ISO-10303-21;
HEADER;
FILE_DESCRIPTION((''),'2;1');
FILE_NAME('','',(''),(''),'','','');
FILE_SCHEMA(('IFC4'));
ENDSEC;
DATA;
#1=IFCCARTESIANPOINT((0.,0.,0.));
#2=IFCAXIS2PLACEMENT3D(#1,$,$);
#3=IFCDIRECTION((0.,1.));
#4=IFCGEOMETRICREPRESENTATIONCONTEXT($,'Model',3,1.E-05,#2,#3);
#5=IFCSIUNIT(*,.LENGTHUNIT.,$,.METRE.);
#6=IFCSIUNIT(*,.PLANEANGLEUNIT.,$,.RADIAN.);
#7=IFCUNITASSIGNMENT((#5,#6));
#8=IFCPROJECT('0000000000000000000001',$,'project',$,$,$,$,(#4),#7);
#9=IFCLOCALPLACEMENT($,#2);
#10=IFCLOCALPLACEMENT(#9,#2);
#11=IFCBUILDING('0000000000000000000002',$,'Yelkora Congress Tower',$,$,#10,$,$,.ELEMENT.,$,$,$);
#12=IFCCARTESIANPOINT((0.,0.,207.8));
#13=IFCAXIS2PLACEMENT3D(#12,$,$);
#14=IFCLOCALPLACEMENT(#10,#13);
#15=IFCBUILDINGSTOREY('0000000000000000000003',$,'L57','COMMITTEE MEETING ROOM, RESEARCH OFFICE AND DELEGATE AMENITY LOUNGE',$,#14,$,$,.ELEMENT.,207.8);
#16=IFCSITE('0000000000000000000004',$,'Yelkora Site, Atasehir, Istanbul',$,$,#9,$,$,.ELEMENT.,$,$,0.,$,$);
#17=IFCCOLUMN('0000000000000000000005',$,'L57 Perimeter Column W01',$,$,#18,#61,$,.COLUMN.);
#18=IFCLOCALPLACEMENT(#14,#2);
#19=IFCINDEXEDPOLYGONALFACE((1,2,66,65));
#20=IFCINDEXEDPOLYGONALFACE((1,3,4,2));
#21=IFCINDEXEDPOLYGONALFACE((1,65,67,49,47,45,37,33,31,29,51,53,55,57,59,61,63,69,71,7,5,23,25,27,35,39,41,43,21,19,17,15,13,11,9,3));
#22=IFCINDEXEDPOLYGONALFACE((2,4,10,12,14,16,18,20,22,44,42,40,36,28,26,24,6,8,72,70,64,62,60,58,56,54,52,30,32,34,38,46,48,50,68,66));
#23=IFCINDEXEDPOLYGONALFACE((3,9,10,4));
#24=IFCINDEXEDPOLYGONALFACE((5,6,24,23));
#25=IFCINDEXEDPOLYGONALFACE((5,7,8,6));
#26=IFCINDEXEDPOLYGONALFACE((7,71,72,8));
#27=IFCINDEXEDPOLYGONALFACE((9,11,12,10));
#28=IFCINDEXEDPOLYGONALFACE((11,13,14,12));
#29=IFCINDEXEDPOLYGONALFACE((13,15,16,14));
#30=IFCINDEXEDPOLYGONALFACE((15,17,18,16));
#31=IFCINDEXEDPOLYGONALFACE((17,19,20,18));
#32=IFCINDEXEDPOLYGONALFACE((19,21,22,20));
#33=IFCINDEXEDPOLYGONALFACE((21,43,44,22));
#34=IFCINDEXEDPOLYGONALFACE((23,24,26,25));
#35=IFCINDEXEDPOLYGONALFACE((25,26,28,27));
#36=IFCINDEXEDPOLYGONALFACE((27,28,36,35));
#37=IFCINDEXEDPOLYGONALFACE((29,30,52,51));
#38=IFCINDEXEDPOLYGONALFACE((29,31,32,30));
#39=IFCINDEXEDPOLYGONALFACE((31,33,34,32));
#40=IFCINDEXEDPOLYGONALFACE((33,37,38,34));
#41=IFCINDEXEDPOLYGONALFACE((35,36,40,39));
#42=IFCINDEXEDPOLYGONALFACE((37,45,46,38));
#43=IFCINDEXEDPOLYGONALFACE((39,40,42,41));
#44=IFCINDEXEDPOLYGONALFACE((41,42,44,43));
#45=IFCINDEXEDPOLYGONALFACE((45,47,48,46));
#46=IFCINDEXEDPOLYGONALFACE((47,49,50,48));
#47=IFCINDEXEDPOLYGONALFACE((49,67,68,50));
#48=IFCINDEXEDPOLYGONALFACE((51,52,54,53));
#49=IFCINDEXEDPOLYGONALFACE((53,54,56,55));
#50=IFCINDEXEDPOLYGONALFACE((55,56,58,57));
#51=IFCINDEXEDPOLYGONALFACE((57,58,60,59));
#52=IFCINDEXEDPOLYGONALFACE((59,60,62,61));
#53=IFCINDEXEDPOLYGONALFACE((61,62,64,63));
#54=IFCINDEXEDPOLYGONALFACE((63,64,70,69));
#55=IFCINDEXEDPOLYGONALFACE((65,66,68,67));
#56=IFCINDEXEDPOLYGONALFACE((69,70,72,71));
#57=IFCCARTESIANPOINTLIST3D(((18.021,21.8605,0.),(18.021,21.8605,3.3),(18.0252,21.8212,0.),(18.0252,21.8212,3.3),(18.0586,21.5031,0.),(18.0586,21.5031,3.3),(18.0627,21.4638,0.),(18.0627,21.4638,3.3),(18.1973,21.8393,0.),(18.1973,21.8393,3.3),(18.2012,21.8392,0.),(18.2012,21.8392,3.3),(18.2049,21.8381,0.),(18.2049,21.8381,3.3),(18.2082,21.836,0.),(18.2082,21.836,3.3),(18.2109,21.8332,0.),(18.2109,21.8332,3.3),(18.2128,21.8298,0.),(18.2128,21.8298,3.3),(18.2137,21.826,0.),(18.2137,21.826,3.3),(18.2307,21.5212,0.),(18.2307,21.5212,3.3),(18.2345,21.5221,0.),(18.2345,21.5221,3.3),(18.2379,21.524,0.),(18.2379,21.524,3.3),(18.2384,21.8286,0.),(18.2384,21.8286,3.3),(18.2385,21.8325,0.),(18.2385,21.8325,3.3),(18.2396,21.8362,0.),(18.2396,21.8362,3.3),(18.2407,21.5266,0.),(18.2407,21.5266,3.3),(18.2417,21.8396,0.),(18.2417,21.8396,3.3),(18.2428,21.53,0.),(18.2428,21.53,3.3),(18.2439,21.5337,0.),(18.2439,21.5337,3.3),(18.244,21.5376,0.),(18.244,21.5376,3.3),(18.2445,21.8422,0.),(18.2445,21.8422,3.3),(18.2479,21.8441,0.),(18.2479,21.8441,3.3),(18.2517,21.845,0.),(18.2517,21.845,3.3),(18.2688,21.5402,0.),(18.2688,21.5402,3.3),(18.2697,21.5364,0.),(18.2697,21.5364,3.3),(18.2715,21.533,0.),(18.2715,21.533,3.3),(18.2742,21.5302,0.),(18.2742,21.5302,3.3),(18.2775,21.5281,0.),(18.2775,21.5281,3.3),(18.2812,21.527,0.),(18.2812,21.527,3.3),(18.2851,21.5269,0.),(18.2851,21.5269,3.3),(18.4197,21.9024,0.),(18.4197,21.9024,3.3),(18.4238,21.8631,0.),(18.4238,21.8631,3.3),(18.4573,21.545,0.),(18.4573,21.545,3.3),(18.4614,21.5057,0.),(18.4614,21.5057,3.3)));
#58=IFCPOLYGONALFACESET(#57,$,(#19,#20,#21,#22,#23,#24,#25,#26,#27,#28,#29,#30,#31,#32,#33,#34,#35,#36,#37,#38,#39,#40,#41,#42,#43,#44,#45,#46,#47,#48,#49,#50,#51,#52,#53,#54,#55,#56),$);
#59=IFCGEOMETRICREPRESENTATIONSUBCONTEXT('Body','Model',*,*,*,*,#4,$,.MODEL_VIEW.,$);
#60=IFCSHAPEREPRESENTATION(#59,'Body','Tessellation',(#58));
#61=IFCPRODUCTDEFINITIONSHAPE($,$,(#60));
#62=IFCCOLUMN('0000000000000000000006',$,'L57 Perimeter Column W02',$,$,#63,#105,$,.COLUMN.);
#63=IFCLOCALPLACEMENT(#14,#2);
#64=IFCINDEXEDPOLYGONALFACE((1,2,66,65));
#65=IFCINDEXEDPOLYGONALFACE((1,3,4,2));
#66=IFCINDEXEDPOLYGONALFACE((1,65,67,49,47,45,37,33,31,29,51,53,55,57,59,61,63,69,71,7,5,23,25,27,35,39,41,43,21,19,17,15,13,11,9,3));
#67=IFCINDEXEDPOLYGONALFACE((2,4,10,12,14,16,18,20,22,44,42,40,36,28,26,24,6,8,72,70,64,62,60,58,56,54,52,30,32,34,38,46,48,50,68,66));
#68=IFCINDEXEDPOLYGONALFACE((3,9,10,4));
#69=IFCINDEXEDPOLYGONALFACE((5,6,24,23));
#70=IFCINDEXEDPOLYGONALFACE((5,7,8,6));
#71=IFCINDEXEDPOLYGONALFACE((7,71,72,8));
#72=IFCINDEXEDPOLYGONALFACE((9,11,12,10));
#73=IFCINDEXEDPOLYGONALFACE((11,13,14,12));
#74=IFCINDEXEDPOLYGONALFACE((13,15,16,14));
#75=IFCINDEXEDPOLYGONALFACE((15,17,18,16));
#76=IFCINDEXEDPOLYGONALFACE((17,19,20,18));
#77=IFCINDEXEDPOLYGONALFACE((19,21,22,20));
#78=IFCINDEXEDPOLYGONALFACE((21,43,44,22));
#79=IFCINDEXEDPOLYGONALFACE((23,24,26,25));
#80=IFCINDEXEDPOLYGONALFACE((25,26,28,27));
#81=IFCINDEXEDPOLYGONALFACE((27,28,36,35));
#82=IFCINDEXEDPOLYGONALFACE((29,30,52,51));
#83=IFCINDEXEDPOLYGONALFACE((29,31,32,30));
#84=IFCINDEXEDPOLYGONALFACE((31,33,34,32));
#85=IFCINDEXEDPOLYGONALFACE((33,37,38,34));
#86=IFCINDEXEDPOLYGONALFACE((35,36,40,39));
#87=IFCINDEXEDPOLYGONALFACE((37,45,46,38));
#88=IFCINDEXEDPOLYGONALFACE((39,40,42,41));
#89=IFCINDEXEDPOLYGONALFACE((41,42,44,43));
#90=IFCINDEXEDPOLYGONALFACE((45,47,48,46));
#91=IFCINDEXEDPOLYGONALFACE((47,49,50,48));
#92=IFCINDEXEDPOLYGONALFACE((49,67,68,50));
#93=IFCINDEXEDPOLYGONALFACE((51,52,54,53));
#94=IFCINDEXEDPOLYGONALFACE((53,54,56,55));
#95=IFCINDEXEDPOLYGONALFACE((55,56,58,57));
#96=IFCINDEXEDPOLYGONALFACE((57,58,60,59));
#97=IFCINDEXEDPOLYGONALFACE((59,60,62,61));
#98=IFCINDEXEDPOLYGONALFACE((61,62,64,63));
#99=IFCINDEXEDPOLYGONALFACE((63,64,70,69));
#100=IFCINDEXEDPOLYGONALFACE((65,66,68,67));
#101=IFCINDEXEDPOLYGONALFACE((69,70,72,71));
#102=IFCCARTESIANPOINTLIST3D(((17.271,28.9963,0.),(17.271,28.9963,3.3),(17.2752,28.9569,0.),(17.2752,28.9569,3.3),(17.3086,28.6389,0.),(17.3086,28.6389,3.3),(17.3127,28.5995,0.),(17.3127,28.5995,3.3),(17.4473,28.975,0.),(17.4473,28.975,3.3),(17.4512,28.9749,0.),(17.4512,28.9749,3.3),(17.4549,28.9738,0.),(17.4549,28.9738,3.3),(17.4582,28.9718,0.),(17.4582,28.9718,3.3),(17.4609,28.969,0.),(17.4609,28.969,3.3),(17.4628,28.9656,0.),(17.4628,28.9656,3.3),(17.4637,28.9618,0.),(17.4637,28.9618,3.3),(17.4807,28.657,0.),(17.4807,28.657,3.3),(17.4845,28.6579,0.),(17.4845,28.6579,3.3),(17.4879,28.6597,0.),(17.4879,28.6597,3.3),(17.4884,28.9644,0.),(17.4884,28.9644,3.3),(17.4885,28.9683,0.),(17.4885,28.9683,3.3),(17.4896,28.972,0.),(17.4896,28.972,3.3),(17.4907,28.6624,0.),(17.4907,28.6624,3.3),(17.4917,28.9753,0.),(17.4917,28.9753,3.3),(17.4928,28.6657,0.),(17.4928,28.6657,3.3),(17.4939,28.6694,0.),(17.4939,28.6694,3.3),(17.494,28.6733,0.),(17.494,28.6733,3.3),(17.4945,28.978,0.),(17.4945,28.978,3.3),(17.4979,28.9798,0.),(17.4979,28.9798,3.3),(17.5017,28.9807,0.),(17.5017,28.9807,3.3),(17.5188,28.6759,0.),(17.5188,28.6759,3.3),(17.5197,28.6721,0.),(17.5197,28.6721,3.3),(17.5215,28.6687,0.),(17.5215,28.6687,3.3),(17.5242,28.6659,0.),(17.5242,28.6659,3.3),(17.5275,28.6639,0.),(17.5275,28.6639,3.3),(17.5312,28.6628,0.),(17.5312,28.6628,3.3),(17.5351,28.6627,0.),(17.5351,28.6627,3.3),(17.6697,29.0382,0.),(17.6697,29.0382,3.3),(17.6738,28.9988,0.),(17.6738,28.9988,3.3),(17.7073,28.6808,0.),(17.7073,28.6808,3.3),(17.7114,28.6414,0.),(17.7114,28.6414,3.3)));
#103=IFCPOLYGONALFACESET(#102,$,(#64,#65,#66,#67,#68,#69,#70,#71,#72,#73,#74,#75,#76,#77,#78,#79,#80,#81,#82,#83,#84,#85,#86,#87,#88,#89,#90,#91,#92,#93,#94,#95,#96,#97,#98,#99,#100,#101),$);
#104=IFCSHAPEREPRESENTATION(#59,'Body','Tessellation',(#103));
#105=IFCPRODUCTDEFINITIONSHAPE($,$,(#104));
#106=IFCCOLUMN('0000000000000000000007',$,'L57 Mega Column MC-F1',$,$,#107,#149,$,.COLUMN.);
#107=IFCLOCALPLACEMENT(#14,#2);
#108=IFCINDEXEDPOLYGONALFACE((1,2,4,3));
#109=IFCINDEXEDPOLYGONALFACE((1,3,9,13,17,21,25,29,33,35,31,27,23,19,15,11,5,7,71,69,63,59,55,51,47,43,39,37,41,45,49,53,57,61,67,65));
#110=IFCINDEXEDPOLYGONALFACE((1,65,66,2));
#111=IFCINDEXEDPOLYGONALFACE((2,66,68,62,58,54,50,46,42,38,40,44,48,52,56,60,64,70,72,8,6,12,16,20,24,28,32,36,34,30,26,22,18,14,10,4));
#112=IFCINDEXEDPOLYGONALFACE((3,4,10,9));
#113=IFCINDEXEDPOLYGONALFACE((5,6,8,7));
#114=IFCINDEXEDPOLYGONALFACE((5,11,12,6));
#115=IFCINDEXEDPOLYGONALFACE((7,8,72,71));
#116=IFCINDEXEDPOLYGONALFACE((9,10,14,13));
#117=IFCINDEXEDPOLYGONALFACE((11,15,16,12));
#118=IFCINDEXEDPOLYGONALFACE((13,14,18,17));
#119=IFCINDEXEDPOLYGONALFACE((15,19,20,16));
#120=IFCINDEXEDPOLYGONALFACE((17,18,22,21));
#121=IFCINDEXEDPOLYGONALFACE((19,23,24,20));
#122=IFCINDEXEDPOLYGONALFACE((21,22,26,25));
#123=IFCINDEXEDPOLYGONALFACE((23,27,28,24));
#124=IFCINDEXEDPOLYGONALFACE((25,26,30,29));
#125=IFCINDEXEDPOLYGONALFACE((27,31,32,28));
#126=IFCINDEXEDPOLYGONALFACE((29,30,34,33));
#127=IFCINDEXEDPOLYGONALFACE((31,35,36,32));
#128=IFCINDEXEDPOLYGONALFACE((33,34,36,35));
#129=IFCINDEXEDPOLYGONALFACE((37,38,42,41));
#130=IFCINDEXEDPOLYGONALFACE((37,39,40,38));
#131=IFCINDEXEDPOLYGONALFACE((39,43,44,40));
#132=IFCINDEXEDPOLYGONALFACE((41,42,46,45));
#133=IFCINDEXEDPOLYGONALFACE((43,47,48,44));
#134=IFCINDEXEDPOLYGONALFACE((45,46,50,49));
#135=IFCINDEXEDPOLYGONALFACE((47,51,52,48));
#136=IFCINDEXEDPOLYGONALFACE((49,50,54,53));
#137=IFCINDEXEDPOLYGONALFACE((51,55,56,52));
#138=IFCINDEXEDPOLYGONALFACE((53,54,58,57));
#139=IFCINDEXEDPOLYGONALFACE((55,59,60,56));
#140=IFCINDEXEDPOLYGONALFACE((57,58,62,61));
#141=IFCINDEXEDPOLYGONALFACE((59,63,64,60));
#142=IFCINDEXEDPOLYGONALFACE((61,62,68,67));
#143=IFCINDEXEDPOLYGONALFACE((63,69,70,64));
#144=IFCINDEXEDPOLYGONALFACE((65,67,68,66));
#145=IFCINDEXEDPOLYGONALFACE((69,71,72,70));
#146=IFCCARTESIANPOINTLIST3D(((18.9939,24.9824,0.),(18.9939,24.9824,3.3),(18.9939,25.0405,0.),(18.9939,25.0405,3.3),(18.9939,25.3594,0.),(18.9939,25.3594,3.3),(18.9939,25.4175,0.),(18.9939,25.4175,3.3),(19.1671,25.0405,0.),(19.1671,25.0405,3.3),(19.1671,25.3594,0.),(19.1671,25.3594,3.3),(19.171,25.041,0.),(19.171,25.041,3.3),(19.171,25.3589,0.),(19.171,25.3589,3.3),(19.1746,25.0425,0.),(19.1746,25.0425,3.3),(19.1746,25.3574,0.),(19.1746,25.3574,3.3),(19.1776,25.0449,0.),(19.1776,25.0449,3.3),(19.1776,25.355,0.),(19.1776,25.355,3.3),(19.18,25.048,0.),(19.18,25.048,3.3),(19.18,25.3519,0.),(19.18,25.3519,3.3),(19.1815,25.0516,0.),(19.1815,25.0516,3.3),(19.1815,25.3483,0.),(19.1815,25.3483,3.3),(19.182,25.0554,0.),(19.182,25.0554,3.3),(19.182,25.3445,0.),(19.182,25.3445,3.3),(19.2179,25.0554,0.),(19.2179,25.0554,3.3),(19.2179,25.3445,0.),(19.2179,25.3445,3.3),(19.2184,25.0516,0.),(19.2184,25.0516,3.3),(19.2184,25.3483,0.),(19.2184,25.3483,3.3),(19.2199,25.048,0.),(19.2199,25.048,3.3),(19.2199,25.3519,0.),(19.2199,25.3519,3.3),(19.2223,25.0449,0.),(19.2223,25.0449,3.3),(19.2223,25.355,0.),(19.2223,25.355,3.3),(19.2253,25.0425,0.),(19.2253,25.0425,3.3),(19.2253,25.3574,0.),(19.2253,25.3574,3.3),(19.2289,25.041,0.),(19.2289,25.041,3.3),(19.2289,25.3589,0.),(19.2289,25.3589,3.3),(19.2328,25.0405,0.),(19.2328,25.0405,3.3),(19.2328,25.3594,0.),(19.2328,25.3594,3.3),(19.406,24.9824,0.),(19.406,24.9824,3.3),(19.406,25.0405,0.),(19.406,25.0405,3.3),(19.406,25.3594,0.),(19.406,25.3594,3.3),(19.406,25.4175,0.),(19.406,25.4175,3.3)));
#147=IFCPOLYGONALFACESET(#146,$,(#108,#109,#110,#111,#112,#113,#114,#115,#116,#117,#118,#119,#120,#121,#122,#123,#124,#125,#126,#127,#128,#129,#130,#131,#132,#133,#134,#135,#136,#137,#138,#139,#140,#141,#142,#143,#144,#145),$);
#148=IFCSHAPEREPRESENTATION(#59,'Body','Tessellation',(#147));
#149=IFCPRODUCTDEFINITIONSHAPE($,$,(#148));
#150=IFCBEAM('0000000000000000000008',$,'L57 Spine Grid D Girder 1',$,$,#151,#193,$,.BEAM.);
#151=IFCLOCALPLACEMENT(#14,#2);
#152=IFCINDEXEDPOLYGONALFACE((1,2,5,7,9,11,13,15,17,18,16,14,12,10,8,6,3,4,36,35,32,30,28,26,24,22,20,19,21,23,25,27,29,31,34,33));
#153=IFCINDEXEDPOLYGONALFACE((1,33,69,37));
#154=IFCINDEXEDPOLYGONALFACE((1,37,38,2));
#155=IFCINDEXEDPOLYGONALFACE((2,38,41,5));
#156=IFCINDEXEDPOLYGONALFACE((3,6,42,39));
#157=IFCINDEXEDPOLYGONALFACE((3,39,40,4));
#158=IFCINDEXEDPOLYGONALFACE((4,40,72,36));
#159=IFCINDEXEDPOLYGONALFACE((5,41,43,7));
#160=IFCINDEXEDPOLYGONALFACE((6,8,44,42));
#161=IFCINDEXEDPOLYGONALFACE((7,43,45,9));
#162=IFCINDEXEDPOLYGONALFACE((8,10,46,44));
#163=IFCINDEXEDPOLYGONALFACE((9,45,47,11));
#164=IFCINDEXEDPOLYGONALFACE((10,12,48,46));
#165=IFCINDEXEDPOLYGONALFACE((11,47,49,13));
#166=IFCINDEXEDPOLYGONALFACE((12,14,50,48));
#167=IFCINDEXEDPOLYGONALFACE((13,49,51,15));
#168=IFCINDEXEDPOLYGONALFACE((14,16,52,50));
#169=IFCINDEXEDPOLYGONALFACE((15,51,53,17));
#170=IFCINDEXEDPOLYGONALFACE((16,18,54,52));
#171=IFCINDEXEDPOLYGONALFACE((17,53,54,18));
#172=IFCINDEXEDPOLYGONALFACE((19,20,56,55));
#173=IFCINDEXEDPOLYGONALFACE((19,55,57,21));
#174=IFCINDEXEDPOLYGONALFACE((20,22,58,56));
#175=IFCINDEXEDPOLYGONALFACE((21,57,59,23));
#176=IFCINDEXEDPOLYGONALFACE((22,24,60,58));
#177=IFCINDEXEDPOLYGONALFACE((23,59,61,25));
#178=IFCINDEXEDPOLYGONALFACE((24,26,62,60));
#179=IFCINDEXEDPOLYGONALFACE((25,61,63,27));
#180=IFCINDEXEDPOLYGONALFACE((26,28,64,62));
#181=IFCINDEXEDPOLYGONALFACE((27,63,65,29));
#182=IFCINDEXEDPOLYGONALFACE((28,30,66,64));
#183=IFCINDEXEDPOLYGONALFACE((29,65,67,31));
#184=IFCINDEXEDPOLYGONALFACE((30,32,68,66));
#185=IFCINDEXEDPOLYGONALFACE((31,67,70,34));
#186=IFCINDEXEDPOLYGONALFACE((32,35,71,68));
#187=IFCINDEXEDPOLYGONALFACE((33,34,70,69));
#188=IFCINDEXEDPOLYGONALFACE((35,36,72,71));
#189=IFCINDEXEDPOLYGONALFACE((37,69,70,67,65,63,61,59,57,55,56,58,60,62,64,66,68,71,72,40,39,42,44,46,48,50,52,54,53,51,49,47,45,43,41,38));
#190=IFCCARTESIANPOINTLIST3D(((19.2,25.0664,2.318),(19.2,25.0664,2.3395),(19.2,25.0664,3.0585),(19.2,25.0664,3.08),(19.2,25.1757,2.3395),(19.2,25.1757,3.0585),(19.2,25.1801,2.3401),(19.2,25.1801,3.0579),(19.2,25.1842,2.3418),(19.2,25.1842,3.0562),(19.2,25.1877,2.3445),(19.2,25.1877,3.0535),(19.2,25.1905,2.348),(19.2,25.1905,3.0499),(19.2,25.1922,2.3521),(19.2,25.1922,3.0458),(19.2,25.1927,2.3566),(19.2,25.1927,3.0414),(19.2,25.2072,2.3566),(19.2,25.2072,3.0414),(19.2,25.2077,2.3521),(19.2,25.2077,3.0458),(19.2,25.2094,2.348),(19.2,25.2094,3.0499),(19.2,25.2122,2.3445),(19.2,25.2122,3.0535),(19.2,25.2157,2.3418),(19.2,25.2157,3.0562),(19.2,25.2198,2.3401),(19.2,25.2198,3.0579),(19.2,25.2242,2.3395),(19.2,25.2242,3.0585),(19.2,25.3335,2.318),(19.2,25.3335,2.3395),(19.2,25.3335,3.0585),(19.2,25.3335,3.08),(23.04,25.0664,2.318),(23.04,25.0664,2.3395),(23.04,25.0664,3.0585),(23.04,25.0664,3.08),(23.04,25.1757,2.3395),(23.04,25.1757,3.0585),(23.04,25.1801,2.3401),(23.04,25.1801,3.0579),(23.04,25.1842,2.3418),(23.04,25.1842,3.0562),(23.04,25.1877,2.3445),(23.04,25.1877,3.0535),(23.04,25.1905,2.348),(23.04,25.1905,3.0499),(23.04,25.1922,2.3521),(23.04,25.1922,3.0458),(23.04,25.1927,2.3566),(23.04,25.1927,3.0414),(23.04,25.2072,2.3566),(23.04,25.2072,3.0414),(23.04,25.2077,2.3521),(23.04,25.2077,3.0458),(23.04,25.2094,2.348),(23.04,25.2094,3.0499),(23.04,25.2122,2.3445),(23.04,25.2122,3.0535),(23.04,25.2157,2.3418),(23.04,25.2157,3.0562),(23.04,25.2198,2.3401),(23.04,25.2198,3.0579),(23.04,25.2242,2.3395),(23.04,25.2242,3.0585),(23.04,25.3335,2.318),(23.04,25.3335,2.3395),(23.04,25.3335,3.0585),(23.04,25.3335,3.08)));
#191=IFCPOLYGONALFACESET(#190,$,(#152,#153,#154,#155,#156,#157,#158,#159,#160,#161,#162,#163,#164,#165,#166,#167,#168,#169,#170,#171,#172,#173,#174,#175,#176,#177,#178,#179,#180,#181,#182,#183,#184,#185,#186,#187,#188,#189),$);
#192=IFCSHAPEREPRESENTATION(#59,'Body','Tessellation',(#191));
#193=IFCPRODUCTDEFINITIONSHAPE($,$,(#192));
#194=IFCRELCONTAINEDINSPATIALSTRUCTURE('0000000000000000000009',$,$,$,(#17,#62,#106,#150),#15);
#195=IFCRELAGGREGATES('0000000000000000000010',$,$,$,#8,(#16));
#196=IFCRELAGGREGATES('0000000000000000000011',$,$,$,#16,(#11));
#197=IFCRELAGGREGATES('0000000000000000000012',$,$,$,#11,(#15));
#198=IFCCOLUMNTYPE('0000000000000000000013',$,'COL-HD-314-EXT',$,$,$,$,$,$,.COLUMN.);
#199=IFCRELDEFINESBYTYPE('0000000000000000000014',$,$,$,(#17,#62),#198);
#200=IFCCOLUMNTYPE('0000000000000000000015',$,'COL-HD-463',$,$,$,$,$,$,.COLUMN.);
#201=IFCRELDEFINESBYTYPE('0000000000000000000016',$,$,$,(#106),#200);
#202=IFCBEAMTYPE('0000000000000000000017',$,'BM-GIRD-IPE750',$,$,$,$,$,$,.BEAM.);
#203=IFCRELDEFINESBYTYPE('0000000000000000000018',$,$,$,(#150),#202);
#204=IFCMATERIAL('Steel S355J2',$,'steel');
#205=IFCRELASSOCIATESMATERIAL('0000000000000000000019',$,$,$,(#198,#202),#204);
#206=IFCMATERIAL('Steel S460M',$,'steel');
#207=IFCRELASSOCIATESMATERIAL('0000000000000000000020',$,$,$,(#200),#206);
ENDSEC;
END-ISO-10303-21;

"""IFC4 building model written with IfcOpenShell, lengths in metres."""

from ifc_helpers import new_model, si_unit, direction, frame, origin, origin_2d, place, context, subcontext, project, spatial, i_section, extrude, material, material_profile, profile_set, type_object, element, save


model = new_model("IFC4")

# Units and contexts
model_context = context("Model", 3, precision=1e-05, world=origin(), true_north=direction((0.0, 1.0)))
body_context = subcontext(model_context, "Body", "Model", "MODEL_VIEW")
ifc_project = project(units=[si_unit("LENGTHUNIT", "METRE"), si_unit("PLANEANGLEUNIT", "RADIAN")], contexts=[model_context])

# Site, building, storey
site_placement = place(None, origin())
site = spatial("IfcSite", under=ifc_project, at=site_placement, Name="Yelkora Site, Atasehir, Istanbul", CompositionType="ELEMENT", RefElevation=0.0)
building_placement = place(site_placement, origin())
building = spatial("IfcBuilding", under=site, at=building_placement, Name="Yelkora Congress Tower", CompositionType="ELEMENT")
storey_placement = place(building_placement, frame((0.0, 0.0, 207.8)))
storey = spatial("IfcBuildingStorey", under=building, at=storey_placement, Name="L57", Description="COMMITTEE MEETING ROOM, RESEARCH OFFICE AND DELEGATE AMENITY LOUNGE", CompositionType="ELEMENT", Elevation=207.8)

# Columns
ifc_material_1 = material(Name="Steel S355J2", Category="steel")
ifc_material_profile_1 = material_profile(ifc_material_1, i_section(OverallWidth=0.4009, OverallDepth=0.3989, WebThickness=0.0249, FlangeThickness=0.0396, FilletRadius=0.0149, at=origin_2d()), Name="HD 400x314")
ifc_profile_set_1 = profile_set([ifc_material_profile_1], Name="Steel S355J2")
column_type_1 = type_object("IfcColumnType", Name="COL-HD-314-EXT", PredefinedType="COLUMN", material=ifc_profile_set_1)
for number, where, z_axis, x_axis, name in (
    (1, (18.2412, 21.6831, 0.0), (0.0, 0.0, 1.0), (0.994522, 0.104528, 0.0), "L57 Perimeter Column W01"),
    (2, (17.4912, 28.8188, 0.0), (0.0, 0.0, 1.0), (0.994522, 0.104528, 0.0), "L57 Perimeter Column W02"),
):
    element("IfcColumn", number, at=place(storey_placement, frame(where, z_axis=z_axis, x_axis=x_axis)), inside=storey, type_object=column_type_1, Name=name, PredefinedType="COLUMN", context=body_context, shape_type="SweptSolid", body=[
        extrude(i_section(OverallWidth=0.4009, OverallDepth=0.3989, WebThickness=0.0249, FlangeThickness=0.0396, FilletRadius=0.0149, at=origin_2d()), origin(), (0.0, 0.0, 1.0), 3.3),
    ])
ifc_material_2 = material(Name="Steel S460M", Category="steel")
ifc_material_profile_2 = material_profile(ifc_material_2, i_section(OverallWidth=0.4121, OverallDepth=0.4351, WebThickness=0.0359, FlangeThickness=0.0581, FilletRadius=0.0149, at=origin_2d()), Name="HD 400x463")
ifc_profile_set_2 = profile_set([ifc_material_profile_2], Name="Steel S460M")
column_type_2 = type_object("IfcColumnType", Name="COL-HD-463", PredefinedType="COLUMN", material=ifc_profile_set_2)
column_placement = place(storey_placement, frame((19.2, 25.2, 0.0), z_axis=(0.0, 0.0, 1.0), x_axis=(1.0, 0.0, 0.0)))
element("IfcColumn", 3, at=column_placement, inside=storey, type_object=column_type_2, Name="L57 Mega Column MC-F1", PredefinedType="COLUMN", context=body_context, shape_type="SweptSolid", body=[
    extrude(i_section(OverallWidth=0.4121, OverallDepth=0.4351, WebThickness=0.0359, FlangeThickness=0.0581, FilletRadius=0.0149, at=origin_2d()), origin(), (0.0, 0.0, 1.0), 3.3),
])

# Beam
ifc_material_profile_3 = material_profile(ifc_material_1, i_section(OverallWidth=0.2671, OverallDepth=0.762, WebThickness=0.0144, FlangeThickness=0.0215, FilletRadius=0.0171, at=origin_2d()), Name="IPE 750x173")
ifc_profile_set_3 = profile_set([ifc_material_profile_3], Name="Steel S355J2")
beam_type_1 = type_object("IfcBeamType", Name="BM-GIRD-IPE750", PredefinedType="BEAM", material=ifc_profile_set_3)
beam_1_placement = place(storey_placement, frame((19.2, 25.2, 2.699), z_axis=(1.0, 0.0, 0.0), x_axis=(0.0, 1.0, 0.0)))
element("IfcBeam", 4, at=beam_1_placement, inside=storey, type_object=beam_type_1, Name="L57 Spine Grid D Girder 1", PredefinedType="BEAM", context=body_context, shape_type="SweptSolid", body=[
    extrude(i_section(OverallWidth=0.2671, OverallDepth=0.762, WebThickness=0.0144, FlangeThickness=0.0215, FilletRadius=0.0171, at=origin_2d()), origin(), (0.0, 0.0, 1.0), 3.8401),
])

save(model, "model.ifc")
